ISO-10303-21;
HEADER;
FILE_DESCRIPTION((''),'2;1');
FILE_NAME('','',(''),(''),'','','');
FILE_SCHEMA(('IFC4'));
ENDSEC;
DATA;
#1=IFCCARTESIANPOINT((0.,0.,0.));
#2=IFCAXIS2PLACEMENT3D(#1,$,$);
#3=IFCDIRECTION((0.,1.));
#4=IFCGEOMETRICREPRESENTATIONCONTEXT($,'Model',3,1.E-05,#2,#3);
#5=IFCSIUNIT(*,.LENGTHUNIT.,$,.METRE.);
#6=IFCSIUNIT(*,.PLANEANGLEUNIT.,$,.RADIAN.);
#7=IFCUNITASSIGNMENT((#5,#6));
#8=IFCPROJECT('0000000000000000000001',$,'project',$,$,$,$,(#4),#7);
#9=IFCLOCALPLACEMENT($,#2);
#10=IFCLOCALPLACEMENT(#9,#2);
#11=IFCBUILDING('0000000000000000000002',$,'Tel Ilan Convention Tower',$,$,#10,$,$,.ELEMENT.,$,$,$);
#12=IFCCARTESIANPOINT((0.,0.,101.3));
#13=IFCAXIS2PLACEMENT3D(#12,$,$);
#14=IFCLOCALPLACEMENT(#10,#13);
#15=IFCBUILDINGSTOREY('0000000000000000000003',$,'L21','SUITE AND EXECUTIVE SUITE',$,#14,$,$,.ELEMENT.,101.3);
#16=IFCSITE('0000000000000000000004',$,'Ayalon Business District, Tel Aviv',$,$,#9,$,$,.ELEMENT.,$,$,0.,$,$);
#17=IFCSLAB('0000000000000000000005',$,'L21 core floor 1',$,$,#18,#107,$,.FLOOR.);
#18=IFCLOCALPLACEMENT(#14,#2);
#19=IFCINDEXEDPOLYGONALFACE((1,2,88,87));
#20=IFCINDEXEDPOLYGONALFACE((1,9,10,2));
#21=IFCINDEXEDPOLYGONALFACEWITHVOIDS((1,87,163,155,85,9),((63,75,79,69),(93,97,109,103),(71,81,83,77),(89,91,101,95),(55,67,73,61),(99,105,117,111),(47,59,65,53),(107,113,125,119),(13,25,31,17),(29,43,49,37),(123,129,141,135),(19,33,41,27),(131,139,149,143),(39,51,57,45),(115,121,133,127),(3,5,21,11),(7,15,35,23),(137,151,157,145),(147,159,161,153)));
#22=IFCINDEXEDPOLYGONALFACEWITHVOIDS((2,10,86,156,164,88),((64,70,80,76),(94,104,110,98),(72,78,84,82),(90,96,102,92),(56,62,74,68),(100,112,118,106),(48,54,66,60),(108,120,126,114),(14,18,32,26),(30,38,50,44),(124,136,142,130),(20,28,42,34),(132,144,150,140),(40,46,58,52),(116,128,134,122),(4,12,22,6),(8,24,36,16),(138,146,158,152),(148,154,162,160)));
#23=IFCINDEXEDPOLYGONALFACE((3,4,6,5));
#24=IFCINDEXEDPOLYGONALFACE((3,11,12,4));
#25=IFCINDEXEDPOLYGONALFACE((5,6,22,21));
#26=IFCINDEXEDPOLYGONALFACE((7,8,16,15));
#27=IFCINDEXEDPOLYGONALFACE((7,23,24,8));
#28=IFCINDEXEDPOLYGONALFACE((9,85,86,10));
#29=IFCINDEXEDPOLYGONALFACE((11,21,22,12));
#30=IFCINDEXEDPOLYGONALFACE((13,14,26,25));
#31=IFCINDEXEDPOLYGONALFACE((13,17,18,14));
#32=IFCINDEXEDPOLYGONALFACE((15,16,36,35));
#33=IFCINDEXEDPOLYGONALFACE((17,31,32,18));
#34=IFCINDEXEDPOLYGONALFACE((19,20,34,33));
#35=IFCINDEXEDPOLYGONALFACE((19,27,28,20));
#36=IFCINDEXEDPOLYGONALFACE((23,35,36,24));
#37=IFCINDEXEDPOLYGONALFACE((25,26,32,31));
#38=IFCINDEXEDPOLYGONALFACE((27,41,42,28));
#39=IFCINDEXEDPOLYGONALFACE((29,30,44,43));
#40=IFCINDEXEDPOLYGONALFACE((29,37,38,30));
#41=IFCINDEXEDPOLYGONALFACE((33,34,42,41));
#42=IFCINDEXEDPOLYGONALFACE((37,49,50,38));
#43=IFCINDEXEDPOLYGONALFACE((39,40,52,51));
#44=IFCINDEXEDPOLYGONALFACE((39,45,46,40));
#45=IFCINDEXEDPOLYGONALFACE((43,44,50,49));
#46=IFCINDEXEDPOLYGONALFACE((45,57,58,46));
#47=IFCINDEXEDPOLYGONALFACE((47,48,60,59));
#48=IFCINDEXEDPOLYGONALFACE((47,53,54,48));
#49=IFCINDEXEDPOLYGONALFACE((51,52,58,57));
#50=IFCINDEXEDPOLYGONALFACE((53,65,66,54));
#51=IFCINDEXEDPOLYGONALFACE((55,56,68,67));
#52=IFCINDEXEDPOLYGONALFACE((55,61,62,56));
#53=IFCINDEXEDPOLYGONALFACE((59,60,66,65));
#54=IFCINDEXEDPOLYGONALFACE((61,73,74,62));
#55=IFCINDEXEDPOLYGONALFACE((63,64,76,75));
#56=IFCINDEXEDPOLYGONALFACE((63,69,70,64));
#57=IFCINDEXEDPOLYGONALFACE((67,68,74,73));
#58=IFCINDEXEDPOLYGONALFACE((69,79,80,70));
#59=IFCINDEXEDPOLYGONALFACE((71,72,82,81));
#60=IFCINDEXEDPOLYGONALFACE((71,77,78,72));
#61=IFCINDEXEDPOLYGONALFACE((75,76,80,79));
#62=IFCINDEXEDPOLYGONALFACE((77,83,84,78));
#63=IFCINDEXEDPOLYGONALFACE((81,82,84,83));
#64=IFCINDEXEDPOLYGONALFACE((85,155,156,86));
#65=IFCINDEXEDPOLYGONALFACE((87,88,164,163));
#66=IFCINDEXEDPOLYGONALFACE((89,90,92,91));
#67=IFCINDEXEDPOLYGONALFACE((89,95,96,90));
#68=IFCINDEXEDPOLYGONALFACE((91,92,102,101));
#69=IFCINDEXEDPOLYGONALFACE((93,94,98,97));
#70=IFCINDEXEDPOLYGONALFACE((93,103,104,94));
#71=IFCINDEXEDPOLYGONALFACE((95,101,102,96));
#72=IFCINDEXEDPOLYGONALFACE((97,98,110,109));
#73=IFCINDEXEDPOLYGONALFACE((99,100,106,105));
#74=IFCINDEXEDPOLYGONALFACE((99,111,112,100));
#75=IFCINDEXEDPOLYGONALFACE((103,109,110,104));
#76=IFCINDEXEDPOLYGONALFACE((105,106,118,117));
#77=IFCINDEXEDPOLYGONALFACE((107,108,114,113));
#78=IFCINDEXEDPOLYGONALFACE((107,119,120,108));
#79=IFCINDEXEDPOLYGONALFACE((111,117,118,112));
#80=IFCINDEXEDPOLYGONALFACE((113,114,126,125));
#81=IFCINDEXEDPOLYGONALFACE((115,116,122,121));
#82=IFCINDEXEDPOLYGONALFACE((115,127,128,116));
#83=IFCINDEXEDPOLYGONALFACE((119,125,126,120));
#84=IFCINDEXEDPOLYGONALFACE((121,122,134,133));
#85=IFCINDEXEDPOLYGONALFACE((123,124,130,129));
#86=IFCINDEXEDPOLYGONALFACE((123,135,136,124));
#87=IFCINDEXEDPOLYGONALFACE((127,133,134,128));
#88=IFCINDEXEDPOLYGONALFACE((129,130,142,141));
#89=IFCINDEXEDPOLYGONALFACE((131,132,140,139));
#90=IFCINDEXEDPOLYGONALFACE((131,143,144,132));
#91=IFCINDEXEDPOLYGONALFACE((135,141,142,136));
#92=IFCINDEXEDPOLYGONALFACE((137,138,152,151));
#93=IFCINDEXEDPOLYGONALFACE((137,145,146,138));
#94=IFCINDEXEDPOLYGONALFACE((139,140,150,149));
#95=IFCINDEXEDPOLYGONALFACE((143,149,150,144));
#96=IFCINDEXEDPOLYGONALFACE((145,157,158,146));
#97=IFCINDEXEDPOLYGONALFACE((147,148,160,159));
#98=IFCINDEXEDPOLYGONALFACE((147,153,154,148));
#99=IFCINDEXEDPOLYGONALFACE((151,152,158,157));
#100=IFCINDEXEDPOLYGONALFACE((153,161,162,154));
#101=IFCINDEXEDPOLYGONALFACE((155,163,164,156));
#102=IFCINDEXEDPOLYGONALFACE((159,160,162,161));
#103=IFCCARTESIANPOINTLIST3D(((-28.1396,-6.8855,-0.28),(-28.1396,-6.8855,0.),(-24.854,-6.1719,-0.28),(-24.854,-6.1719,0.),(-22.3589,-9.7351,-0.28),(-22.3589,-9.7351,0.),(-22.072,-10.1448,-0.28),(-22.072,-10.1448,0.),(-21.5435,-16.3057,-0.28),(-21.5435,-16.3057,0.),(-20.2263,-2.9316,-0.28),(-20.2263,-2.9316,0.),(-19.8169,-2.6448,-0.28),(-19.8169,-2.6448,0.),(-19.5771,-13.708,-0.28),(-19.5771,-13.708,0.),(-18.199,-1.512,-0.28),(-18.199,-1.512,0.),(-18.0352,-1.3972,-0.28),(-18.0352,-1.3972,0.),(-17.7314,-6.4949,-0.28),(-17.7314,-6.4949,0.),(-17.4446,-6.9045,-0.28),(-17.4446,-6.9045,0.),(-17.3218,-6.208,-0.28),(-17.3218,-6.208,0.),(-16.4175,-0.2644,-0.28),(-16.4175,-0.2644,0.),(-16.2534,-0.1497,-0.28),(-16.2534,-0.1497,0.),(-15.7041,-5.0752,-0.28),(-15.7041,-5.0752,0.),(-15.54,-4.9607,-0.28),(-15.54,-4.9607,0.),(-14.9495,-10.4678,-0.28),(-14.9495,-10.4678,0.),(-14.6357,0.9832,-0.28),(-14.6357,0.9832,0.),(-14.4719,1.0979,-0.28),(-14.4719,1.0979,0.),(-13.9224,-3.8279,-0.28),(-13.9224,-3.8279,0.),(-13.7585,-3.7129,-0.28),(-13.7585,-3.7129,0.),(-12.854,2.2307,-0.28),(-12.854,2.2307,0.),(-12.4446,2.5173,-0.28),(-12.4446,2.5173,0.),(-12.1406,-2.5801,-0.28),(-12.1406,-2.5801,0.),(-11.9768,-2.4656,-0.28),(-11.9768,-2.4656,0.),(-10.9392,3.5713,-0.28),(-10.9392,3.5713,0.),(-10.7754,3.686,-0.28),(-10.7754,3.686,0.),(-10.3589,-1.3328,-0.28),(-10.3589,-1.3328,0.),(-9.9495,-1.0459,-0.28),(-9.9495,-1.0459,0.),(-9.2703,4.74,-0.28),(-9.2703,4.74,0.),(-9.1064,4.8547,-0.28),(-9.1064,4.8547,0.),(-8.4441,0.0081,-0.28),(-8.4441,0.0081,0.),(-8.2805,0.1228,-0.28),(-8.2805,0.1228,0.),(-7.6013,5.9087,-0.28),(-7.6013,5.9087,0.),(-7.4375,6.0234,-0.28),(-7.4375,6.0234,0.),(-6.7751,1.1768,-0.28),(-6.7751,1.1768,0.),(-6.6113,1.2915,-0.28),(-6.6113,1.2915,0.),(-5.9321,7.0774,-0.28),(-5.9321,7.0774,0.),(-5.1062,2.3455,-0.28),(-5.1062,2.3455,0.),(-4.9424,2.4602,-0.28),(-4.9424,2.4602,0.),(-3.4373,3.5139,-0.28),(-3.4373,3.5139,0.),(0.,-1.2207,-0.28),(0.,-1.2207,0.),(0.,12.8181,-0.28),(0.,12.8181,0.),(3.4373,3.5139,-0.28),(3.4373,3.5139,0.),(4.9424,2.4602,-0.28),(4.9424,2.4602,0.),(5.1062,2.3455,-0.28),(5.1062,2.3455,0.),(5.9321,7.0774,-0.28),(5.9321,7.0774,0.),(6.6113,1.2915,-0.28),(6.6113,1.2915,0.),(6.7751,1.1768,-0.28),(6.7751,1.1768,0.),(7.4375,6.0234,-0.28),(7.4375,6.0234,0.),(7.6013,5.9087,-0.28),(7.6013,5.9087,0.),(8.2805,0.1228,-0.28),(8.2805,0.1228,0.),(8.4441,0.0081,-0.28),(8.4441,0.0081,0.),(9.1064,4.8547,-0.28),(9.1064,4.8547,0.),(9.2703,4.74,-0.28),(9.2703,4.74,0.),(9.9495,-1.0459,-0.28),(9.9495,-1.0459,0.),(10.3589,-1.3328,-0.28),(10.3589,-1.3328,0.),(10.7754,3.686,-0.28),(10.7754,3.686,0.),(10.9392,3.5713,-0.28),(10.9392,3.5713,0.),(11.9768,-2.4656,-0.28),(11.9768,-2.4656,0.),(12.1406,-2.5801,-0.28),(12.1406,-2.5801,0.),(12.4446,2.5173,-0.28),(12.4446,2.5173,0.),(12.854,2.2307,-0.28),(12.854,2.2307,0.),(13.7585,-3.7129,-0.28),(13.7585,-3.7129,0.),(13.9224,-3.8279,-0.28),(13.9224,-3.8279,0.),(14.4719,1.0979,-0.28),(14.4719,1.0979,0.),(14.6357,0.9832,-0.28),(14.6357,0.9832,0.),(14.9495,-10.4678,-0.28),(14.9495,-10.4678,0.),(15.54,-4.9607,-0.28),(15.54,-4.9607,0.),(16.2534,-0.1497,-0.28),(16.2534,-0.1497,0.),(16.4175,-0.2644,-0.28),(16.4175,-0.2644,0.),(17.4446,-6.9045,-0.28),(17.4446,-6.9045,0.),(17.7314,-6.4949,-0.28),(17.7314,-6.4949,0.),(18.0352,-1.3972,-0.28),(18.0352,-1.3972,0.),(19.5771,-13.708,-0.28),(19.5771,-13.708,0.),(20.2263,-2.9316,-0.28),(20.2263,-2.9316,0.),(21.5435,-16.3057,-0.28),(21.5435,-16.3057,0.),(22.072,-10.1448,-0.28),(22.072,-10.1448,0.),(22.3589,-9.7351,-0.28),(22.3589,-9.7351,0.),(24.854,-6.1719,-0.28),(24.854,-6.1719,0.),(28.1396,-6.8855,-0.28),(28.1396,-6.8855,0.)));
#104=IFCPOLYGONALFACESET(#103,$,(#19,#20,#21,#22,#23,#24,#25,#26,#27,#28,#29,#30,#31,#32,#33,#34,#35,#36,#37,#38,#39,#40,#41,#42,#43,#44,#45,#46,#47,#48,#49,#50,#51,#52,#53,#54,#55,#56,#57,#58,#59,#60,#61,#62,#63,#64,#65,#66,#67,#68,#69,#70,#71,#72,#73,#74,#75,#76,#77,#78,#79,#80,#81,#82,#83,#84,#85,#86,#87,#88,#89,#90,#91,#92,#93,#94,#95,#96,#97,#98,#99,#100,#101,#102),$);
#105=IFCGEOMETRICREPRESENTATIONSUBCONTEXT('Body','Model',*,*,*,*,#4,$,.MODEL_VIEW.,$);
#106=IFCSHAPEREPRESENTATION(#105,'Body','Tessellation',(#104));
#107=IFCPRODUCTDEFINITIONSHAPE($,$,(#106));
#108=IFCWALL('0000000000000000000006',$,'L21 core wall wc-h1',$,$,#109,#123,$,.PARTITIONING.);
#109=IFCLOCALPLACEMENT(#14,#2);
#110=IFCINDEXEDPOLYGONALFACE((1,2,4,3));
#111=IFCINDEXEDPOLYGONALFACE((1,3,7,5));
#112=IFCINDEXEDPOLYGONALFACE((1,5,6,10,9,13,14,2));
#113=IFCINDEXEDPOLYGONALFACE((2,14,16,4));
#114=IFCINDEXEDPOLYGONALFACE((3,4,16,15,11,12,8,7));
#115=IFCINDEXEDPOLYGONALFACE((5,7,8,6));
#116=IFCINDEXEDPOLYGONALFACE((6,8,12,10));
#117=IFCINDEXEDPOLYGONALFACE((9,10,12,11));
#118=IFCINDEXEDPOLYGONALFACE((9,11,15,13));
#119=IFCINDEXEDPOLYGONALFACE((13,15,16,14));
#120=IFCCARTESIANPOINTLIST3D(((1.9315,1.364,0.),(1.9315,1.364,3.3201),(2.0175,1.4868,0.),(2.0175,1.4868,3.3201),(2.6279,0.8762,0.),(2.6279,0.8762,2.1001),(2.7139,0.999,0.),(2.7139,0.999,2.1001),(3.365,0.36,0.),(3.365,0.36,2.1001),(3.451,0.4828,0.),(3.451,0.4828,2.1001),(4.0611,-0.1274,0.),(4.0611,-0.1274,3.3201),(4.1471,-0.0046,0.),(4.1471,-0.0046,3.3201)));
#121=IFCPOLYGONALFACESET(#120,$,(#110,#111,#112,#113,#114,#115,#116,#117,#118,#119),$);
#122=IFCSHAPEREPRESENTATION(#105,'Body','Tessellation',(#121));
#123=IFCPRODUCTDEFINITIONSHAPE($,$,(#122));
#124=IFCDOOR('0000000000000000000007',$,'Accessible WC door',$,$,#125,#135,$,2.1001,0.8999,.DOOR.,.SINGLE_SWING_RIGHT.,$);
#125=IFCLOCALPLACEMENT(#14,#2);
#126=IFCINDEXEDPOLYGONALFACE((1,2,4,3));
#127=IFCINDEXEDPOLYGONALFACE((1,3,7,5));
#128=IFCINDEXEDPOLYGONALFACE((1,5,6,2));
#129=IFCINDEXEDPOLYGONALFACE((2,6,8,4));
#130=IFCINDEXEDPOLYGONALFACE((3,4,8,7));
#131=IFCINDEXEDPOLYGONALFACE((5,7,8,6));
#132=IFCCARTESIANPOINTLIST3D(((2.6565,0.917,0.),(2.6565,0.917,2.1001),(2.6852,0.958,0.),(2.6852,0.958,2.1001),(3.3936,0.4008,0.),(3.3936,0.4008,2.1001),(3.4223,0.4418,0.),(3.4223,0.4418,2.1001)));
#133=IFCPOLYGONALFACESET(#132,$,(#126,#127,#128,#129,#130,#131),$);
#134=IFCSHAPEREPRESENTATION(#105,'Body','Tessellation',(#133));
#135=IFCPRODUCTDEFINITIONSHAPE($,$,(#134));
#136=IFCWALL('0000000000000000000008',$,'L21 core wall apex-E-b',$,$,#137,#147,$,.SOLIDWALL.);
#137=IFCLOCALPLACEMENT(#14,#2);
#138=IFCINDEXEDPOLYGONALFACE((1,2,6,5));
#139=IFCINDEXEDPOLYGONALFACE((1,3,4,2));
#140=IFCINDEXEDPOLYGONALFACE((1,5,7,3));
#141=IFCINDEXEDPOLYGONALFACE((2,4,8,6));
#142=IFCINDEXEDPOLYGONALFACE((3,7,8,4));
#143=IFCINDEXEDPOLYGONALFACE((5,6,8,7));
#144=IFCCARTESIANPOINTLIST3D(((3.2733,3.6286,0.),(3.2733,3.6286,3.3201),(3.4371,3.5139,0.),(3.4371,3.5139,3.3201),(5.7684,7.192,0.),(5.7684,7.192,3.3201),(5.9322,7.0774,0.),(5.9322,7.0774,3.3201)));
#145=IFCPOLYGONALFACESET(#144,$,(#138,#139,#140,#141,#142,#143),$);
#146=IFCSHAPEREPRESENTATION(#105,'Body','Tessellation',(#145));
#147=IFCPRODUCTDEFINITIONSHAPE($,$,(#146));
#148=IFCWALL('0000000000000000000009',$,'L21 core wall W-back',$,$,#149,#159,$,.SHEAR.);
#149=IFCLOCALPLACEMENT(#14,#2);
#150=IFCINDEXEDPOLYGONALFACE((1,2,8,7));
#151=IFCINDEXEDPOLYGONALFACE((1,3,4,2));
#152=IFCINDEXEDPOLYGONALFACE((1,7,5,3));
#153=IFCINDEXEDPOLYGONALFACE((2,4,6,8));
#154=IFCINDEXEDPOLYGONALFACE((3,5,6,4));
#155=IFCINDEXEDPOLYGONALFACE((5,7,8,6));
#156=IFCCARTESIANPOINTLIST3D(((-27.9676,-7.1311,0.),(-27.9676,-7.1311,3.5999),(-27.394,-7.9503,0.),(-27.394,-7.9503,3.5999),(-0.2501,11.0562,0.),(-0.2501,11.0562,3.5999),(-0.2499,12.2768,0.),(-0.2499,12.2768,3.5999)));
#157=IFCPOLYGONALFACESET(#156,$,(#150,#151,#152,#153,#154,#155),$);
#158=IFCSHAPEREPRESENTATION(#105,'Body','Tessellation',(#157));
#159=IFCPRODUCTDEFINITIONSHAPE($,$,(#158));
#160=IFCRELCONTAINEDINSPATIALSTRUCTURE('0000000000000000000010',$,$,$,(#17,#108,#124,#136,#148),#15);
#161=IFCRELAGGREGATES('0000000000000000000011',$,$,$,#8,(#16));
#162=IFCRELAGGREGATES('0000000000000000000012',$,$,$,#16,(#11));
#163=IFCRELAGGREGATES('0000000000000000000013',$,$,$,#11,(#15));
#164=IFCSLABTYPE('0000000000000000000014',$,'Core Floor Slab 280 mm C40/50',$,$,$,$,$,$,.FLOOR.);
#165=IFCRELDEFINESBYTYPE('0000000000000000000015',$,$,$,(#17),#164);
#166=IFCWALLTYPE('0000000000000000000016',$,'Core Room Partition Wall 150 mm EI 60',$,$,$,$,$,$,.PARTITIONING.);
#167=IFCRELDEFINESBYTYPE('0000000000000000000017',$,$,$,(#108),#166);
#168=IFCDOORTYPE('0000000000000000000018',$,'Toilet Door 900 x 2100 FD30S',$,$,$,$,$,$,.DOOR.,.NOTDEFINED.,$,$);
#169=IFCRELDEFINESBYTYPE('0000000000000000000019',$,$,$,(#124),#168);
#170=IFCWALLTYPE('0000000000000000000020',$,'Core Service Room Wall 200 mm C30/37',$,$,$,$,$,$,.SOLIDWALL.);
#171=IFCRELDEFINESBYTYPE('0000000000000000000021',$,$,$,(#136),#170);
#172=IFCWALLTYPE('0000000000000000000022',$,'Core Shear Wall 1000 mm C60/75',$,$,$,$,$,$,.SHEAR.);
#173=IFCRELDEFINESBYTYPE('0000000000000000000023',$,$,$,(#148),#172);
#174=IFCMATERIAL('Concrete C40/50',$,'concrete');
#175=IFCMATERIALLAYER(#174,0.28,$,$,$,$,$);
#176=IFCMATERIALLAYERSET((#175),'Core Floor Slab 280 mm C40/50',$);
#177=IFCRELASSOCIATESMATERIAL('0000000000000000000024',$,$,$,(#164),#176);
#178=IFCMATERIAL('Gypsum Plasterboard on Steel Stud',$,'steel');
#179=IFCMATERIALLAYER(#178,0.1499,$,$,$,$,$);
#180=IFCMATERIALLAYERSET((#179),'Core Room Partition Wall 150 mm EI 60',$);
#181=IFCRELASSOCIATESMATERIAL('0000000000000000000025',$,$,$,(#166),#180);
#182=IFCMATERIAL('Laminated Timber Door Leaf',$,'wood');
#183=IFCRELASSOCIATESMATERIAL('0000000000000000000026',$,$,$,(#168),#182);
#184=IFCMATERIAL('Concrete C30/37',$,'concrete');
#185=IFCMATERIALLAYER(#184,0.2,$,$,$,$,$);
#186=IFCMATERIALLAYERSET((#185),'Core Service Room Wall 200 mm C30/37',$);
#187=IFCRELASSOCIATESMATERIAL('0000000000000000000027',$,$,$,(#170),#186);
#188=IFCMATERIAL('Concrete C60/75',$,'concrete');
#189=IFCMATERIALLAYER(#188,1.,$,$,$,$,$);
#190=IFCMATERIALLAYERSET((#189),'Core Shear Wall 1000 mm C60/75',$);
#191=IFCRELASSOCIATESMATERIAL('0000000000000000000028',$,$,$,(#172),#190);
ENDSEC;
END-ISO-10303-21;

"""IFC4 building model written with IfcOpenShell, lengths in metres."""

from ifc_helpers import new_model, si_unit, direction, frame, frame_2d, origin, place, context, subcontext, project, spatial, polyline, rectangle, outline, extrude, material, layer, layer_set, type_object, element, fill, save


model = new_model("IFC4")

# Units and contexts
model_context = context("Model", 3, precision=1e-05, world=origin(), true_north=direction((0.0, 1.0)))
body_context = subcontext(model_context, "Body", "Model", "MODEL_VIEW")
ifc_project = project(units=[si_unit("LENGTHUNIT", "METRE"), si_unit("PLANEANGLEUNIT", "RADIAN")], contexts=[model_context])

# Site, building, storey
site_placement = place(None, origin())
site = spatial("IfcSite", under=ifc_project, at=site_placement, Name="Ayalon Business District, Tel Aviv", CompositionType="ELEMENT", RefElevation=0.0)
building_placement = place(site_placement, origin())
building = spatial("IfcBuilding", under=site, at=building_placement, Name="Tel Ilan Convention Tower", CompositionType="ELEMENT")
storey_placement = place(building_placement, frame((0.0, 0.0, 101.3)))
storey = spatial("IfcBuildingStorey", under=building, at=storey_placement, Name="L21", Description="SUITE AND EXECUTIVE SUITE", CompositionType="ELEMENT", Elevation=101.3)

# Slab
ifc_material_1 = material(Name="Concrete C40/50", Category="concrete")
ifc_layer_1 = layer(ifc_material_1, 0.28)
ifc_layer_set_1 = layer_set([ifc_layer_1], Name="Core Floor Slab 280 mm C40/50")
slab_type_1 = type_object("IfcSlabType", Name="Core Floor Slab 280 mm C40/50", PredefinedType="FLOOR", material=ifc_layer_set_1)
slab_1_placement = place(storey_placement, frame((0.0, 0.0, -0.28)))
element("IfcSlab", 1, at=slab_1_placement, inside=storey, type_object=slab_type_1, Name="L21 core floor 1", PredefinedType="FLOOR", context=body_context, shape_type="SweptSolid", body=[
    extrude(outline(polyline([(-28.1396, -6.8855), (0.0, 12.8181), (28.1396, -6.8855), (21.5435, -16.3057), (0.0, -1.2207), (-21.5435, -16.3057), (-28.1396, -6.8855)]), holes=[polyline([(-14.9495, -10.4678), (-17.4446, -6.9045), (-22.072, -10.1448), (-19.5771, -13.708), (-14.9495, -10.4678)]), polyline([(-17.7314, -6.4949), (-20.2263, -2.9316), (-24.854, -6.1719), (-22.3589, -9.7351), (-17.7314, -6.4949)]), polyline([(-18.199, -1.512), (-19.8169, -2.6448), (-17.3218, -6.208), (-15.7041, -5.0752), (-18.199, -1.512)]), polyline([(-16.4175, -0.2644), (-18.0352, -1.3972), (-15.54, -4.9607), (-13.9224, -3.8279), (-16.4175, -0.2644)]), polyline([(-14.6357, 0.9832), (-16.2534, -0.1497), (-13.7585, -3.7129), (-12.1406, -2.5801), (-14.6357, 0.9832)]), polyline([(-12.854, 2.2307), (-14.4719, 1.0979), (-11.9768, -2.4656), (-10.3589, -1.3328), (-12.854, 2.2307)]), polyline([(-10.9392, 3.5713), (-12.4446, 2.5173), (-9.9495, -1.0459), (-8.4441, 0.0081), (-10.9392, 3.5713)]), polyline([(-6.7751, 1.1768), (-9.2703, 4.74), (-10.7754, 3.686), (-8.2805, 0.1228), (-6.7751, 1.1768)]), polyline([(-5.1062, 2.3455), (-7.6013, 5.9087), (-9.1064, 4.8547), (-6.6113, 1.2915), (-5.1062, 2.3455)]), polyline([(-5.9321, 7.0774), (-7.4375, 6.0234), (-4.9424, 2.4602), (-3.4373, 3.5139), (-5.9321, 7.0774)]), polyline([(17.4446, -6.9045), (14.9495, -10.4678), (19.5771, -13.708), (22.072, -10.1448), (17.4446, -6.9045)]), polyline([(20.2263, -2.9316), (17.7314, -6.4949), (22.3589, -9.7351), (24.854, -6.1719), (20.2263, -2.9316)]), polyline([(13.9224, -3.8279), (15.54, -4.9607), (18.0352, -1.3972), (16.4175, -0.2644), (13.9224, -3.8279)]), polyline([(12.1406, -2.5801), (13.7585, -3.7129), (16.2534, -0.1497), (14.6357, 0.9832), (12.1406, -2.5801)]), polyline([(11.9768, -2.4656), (14.4719, 1.0979), (12.854, 2.2307), (10.3589, -1.3328), (11.9768, -2.4656)]), polyline([(9.9495, -1.0459), (12.4446, 2.5173), (10.9392, 3.5713), (8.4441, 0.0081), (9.9495, -1.0459)]), polyline([(8.2805, 0.1228), (10.7754, 3.686), (9.2703, 4.74), (6.7751, 1.1768), (8.2805, 0.1228)]), polyline([(5.1062, 2.3455), (6.6113, 1.2915), (9.1064, 4.8547), (7.6013, 5.9087), (5.1062, 2.3455)]), polyline([(3.4373, 3.5139), (4.9424, 2.4602), (7.4375, 6.0234), (5.9321, 7.0774), (3.4373, 3.5139)])]), origin(), (0.0, 0.0, 1.0), 0.28),
])

# Wall, opening, door
ifc_material_2 = material(Name="Gypsum Plasterboard on Steel Stud", Category="steel")
ifc_layer_2 = layer(ifc_material_2, 0.1499)
ifc_layer_set_2 = layer_set([ifc_layer_2], Name="Core Room Partition Wall 150 mm EI 60")
wall_type_1 = type_object("IfcWallType", Name="Core Room Partition Wall 150 mm EI 60", PredefinedType="PARTITIONING", material=ifc_layer_set_2)
wall_1_placement = place(storey_placement, frame((1.9746, 1.4253, 0.0), z_axis=(0.0, 0.0, 1.0), x_axis=(0.819104, -0.573645, 0.0)))
wall_1 = element("IfcWall", 2, at=wall_1_placement, inside=storey, type_object=wall_type_1, Name="L21 core wall wc-h1", PredefinedType="PARTITIONING", context=body_context, shape_type="SweptSolid", body=[
    extrude(rectangle(XDim=2.5999, YDim=0.1499, at=frame_2d((1.2998, 0.0))), origin(), (0.0, 0.0, 1.0), 3.3201),
])
opening_1_placement = place(wall_1_placement, frame((0.8501, 0.0, 0.0)))
opening_1 = element("IfcOpeningElement", 3, at=opening_1_placement, cuts=wall_1, PredefinedType="OPENING", context=body_context, shape_type="SweptSolid", body=[
    extrude(rectangle(XDim=0.8999, YDim=2.1001, at=frame_2d((0.45, 1.05))), frame((0.0, 0.085, 0.0), z_axis=(0.0, -1.0, 0.0), x_axis=(1.0, 0.0, 0.0)), (0.0, 0.0, 1.0), 0.1699),
])
ifc_material_3 = material(Name="Laminated Timber Door Leaf", Category="wood")
door_type_1 = type_object("IfcDoorType", Name="Toilet Door 900 x 2100 FD30S", OperationType="NOTDEFINED", PredefinedType="DOOR", material=ifc_material_3)
door_1_placement = place(opening_1_placement, origin())
door_1 = element("IfcDoor", 4, at=door_1_placement, inside=storey, type_object=door_type_1, Name="Accessible WC door", OperationType="SINGLE_SWING_RIGHT", OverallHeight=2.1001, OverallWidth=0.8999, PredefinedType="DOOR", context=body_context, shape_type="SweptSolid", body=[
    extrude(rectangle(XDim=0.8999, YDim=2.1001, at=frame_2d((0.45, 1.05))), frame((0.0, 0.0249, 0.0), z_axis=(0.0, -1.0, 0.0), x_axis=(1.0, 0.0, 0.0)), (0.0, 0.0, 1.0), 0.05),
])
fill(opening_1, door_1)

# Walls
ifc_material_4 = material(Name="Concrete C30/37", Category="concrete")
ifc_layer_3 = layer(ifc_material_4, 0.2)
ifc_layer_set_3 = layer_set([ifc_layer_3], Name="Core Service Room Wall 200 mm C30/37")
wall_type_2 = type_object("IfcWallType", Name="Core Service Room Wall 200 mm C30/37", PredefinedType="SOLIDWALL", material=ifc_layer_set_3)
wall_2_placement = place(storey_placement, frame((3.3552, 3.5713, 0.0), z_axis=(0.0, 0.0, 1.0), x_axis=(0.573568, 0.819158, 0.0)))
element("IfcWall", 5, at=wall_2_placement, inside=storey, type_object=wall_type_2, Name="L21 core wall apex-E-b", PredefinedType="SOLIDWALL", context=body_context, shape_type="SweptSolid", body=[
    extrude(rectangle(XDim=4.3501, YDim=0.2, at=frame_2d((2.175, 0.0))), origin(), (0.0, 0.0, 1.0), 3.3201),
])
ifc_material_5 = material(Name="Concrete C60/75", Category="concrete")
ifc_layer_4 = layer(ifc_material_5, 1.0)
ifc_layer_set_4 = layer_set([ifc_layer_4], Name="Core Shear Wall 1000 mm C60/75")
wall_type_3 = type_object("IfcWallType", Name="Core Shear Wall 1000 mm C60/75", PredefinedType="SHEAR", material=ifc_layer_set_4)
wall_3_placement = place(storey_placement, frame((0.0369, 11.8672, 0.0), z_axis=(0.0, 0.0, 1.0), x_axis=(-0.819155, -0.573572, 0.0)))
element("IfcWall", 6, at=wall_3_placement, inside=storey, type_object=wall_type_3, Name="L21 core wall W-back", PredefinedType="SHEAR", context=body_context, shape_type="SweptSolid", body=[
    extrude(outline(polyline([(33.8369, 0.5), (0.7002, 0.4998), (0.0, -0.5), (33.8369, -0.5), (33.8369, 0.5)])), origin(), (0.0, 0.0, 1.0), 3.5999),
])

save(model, "model.ifc")
